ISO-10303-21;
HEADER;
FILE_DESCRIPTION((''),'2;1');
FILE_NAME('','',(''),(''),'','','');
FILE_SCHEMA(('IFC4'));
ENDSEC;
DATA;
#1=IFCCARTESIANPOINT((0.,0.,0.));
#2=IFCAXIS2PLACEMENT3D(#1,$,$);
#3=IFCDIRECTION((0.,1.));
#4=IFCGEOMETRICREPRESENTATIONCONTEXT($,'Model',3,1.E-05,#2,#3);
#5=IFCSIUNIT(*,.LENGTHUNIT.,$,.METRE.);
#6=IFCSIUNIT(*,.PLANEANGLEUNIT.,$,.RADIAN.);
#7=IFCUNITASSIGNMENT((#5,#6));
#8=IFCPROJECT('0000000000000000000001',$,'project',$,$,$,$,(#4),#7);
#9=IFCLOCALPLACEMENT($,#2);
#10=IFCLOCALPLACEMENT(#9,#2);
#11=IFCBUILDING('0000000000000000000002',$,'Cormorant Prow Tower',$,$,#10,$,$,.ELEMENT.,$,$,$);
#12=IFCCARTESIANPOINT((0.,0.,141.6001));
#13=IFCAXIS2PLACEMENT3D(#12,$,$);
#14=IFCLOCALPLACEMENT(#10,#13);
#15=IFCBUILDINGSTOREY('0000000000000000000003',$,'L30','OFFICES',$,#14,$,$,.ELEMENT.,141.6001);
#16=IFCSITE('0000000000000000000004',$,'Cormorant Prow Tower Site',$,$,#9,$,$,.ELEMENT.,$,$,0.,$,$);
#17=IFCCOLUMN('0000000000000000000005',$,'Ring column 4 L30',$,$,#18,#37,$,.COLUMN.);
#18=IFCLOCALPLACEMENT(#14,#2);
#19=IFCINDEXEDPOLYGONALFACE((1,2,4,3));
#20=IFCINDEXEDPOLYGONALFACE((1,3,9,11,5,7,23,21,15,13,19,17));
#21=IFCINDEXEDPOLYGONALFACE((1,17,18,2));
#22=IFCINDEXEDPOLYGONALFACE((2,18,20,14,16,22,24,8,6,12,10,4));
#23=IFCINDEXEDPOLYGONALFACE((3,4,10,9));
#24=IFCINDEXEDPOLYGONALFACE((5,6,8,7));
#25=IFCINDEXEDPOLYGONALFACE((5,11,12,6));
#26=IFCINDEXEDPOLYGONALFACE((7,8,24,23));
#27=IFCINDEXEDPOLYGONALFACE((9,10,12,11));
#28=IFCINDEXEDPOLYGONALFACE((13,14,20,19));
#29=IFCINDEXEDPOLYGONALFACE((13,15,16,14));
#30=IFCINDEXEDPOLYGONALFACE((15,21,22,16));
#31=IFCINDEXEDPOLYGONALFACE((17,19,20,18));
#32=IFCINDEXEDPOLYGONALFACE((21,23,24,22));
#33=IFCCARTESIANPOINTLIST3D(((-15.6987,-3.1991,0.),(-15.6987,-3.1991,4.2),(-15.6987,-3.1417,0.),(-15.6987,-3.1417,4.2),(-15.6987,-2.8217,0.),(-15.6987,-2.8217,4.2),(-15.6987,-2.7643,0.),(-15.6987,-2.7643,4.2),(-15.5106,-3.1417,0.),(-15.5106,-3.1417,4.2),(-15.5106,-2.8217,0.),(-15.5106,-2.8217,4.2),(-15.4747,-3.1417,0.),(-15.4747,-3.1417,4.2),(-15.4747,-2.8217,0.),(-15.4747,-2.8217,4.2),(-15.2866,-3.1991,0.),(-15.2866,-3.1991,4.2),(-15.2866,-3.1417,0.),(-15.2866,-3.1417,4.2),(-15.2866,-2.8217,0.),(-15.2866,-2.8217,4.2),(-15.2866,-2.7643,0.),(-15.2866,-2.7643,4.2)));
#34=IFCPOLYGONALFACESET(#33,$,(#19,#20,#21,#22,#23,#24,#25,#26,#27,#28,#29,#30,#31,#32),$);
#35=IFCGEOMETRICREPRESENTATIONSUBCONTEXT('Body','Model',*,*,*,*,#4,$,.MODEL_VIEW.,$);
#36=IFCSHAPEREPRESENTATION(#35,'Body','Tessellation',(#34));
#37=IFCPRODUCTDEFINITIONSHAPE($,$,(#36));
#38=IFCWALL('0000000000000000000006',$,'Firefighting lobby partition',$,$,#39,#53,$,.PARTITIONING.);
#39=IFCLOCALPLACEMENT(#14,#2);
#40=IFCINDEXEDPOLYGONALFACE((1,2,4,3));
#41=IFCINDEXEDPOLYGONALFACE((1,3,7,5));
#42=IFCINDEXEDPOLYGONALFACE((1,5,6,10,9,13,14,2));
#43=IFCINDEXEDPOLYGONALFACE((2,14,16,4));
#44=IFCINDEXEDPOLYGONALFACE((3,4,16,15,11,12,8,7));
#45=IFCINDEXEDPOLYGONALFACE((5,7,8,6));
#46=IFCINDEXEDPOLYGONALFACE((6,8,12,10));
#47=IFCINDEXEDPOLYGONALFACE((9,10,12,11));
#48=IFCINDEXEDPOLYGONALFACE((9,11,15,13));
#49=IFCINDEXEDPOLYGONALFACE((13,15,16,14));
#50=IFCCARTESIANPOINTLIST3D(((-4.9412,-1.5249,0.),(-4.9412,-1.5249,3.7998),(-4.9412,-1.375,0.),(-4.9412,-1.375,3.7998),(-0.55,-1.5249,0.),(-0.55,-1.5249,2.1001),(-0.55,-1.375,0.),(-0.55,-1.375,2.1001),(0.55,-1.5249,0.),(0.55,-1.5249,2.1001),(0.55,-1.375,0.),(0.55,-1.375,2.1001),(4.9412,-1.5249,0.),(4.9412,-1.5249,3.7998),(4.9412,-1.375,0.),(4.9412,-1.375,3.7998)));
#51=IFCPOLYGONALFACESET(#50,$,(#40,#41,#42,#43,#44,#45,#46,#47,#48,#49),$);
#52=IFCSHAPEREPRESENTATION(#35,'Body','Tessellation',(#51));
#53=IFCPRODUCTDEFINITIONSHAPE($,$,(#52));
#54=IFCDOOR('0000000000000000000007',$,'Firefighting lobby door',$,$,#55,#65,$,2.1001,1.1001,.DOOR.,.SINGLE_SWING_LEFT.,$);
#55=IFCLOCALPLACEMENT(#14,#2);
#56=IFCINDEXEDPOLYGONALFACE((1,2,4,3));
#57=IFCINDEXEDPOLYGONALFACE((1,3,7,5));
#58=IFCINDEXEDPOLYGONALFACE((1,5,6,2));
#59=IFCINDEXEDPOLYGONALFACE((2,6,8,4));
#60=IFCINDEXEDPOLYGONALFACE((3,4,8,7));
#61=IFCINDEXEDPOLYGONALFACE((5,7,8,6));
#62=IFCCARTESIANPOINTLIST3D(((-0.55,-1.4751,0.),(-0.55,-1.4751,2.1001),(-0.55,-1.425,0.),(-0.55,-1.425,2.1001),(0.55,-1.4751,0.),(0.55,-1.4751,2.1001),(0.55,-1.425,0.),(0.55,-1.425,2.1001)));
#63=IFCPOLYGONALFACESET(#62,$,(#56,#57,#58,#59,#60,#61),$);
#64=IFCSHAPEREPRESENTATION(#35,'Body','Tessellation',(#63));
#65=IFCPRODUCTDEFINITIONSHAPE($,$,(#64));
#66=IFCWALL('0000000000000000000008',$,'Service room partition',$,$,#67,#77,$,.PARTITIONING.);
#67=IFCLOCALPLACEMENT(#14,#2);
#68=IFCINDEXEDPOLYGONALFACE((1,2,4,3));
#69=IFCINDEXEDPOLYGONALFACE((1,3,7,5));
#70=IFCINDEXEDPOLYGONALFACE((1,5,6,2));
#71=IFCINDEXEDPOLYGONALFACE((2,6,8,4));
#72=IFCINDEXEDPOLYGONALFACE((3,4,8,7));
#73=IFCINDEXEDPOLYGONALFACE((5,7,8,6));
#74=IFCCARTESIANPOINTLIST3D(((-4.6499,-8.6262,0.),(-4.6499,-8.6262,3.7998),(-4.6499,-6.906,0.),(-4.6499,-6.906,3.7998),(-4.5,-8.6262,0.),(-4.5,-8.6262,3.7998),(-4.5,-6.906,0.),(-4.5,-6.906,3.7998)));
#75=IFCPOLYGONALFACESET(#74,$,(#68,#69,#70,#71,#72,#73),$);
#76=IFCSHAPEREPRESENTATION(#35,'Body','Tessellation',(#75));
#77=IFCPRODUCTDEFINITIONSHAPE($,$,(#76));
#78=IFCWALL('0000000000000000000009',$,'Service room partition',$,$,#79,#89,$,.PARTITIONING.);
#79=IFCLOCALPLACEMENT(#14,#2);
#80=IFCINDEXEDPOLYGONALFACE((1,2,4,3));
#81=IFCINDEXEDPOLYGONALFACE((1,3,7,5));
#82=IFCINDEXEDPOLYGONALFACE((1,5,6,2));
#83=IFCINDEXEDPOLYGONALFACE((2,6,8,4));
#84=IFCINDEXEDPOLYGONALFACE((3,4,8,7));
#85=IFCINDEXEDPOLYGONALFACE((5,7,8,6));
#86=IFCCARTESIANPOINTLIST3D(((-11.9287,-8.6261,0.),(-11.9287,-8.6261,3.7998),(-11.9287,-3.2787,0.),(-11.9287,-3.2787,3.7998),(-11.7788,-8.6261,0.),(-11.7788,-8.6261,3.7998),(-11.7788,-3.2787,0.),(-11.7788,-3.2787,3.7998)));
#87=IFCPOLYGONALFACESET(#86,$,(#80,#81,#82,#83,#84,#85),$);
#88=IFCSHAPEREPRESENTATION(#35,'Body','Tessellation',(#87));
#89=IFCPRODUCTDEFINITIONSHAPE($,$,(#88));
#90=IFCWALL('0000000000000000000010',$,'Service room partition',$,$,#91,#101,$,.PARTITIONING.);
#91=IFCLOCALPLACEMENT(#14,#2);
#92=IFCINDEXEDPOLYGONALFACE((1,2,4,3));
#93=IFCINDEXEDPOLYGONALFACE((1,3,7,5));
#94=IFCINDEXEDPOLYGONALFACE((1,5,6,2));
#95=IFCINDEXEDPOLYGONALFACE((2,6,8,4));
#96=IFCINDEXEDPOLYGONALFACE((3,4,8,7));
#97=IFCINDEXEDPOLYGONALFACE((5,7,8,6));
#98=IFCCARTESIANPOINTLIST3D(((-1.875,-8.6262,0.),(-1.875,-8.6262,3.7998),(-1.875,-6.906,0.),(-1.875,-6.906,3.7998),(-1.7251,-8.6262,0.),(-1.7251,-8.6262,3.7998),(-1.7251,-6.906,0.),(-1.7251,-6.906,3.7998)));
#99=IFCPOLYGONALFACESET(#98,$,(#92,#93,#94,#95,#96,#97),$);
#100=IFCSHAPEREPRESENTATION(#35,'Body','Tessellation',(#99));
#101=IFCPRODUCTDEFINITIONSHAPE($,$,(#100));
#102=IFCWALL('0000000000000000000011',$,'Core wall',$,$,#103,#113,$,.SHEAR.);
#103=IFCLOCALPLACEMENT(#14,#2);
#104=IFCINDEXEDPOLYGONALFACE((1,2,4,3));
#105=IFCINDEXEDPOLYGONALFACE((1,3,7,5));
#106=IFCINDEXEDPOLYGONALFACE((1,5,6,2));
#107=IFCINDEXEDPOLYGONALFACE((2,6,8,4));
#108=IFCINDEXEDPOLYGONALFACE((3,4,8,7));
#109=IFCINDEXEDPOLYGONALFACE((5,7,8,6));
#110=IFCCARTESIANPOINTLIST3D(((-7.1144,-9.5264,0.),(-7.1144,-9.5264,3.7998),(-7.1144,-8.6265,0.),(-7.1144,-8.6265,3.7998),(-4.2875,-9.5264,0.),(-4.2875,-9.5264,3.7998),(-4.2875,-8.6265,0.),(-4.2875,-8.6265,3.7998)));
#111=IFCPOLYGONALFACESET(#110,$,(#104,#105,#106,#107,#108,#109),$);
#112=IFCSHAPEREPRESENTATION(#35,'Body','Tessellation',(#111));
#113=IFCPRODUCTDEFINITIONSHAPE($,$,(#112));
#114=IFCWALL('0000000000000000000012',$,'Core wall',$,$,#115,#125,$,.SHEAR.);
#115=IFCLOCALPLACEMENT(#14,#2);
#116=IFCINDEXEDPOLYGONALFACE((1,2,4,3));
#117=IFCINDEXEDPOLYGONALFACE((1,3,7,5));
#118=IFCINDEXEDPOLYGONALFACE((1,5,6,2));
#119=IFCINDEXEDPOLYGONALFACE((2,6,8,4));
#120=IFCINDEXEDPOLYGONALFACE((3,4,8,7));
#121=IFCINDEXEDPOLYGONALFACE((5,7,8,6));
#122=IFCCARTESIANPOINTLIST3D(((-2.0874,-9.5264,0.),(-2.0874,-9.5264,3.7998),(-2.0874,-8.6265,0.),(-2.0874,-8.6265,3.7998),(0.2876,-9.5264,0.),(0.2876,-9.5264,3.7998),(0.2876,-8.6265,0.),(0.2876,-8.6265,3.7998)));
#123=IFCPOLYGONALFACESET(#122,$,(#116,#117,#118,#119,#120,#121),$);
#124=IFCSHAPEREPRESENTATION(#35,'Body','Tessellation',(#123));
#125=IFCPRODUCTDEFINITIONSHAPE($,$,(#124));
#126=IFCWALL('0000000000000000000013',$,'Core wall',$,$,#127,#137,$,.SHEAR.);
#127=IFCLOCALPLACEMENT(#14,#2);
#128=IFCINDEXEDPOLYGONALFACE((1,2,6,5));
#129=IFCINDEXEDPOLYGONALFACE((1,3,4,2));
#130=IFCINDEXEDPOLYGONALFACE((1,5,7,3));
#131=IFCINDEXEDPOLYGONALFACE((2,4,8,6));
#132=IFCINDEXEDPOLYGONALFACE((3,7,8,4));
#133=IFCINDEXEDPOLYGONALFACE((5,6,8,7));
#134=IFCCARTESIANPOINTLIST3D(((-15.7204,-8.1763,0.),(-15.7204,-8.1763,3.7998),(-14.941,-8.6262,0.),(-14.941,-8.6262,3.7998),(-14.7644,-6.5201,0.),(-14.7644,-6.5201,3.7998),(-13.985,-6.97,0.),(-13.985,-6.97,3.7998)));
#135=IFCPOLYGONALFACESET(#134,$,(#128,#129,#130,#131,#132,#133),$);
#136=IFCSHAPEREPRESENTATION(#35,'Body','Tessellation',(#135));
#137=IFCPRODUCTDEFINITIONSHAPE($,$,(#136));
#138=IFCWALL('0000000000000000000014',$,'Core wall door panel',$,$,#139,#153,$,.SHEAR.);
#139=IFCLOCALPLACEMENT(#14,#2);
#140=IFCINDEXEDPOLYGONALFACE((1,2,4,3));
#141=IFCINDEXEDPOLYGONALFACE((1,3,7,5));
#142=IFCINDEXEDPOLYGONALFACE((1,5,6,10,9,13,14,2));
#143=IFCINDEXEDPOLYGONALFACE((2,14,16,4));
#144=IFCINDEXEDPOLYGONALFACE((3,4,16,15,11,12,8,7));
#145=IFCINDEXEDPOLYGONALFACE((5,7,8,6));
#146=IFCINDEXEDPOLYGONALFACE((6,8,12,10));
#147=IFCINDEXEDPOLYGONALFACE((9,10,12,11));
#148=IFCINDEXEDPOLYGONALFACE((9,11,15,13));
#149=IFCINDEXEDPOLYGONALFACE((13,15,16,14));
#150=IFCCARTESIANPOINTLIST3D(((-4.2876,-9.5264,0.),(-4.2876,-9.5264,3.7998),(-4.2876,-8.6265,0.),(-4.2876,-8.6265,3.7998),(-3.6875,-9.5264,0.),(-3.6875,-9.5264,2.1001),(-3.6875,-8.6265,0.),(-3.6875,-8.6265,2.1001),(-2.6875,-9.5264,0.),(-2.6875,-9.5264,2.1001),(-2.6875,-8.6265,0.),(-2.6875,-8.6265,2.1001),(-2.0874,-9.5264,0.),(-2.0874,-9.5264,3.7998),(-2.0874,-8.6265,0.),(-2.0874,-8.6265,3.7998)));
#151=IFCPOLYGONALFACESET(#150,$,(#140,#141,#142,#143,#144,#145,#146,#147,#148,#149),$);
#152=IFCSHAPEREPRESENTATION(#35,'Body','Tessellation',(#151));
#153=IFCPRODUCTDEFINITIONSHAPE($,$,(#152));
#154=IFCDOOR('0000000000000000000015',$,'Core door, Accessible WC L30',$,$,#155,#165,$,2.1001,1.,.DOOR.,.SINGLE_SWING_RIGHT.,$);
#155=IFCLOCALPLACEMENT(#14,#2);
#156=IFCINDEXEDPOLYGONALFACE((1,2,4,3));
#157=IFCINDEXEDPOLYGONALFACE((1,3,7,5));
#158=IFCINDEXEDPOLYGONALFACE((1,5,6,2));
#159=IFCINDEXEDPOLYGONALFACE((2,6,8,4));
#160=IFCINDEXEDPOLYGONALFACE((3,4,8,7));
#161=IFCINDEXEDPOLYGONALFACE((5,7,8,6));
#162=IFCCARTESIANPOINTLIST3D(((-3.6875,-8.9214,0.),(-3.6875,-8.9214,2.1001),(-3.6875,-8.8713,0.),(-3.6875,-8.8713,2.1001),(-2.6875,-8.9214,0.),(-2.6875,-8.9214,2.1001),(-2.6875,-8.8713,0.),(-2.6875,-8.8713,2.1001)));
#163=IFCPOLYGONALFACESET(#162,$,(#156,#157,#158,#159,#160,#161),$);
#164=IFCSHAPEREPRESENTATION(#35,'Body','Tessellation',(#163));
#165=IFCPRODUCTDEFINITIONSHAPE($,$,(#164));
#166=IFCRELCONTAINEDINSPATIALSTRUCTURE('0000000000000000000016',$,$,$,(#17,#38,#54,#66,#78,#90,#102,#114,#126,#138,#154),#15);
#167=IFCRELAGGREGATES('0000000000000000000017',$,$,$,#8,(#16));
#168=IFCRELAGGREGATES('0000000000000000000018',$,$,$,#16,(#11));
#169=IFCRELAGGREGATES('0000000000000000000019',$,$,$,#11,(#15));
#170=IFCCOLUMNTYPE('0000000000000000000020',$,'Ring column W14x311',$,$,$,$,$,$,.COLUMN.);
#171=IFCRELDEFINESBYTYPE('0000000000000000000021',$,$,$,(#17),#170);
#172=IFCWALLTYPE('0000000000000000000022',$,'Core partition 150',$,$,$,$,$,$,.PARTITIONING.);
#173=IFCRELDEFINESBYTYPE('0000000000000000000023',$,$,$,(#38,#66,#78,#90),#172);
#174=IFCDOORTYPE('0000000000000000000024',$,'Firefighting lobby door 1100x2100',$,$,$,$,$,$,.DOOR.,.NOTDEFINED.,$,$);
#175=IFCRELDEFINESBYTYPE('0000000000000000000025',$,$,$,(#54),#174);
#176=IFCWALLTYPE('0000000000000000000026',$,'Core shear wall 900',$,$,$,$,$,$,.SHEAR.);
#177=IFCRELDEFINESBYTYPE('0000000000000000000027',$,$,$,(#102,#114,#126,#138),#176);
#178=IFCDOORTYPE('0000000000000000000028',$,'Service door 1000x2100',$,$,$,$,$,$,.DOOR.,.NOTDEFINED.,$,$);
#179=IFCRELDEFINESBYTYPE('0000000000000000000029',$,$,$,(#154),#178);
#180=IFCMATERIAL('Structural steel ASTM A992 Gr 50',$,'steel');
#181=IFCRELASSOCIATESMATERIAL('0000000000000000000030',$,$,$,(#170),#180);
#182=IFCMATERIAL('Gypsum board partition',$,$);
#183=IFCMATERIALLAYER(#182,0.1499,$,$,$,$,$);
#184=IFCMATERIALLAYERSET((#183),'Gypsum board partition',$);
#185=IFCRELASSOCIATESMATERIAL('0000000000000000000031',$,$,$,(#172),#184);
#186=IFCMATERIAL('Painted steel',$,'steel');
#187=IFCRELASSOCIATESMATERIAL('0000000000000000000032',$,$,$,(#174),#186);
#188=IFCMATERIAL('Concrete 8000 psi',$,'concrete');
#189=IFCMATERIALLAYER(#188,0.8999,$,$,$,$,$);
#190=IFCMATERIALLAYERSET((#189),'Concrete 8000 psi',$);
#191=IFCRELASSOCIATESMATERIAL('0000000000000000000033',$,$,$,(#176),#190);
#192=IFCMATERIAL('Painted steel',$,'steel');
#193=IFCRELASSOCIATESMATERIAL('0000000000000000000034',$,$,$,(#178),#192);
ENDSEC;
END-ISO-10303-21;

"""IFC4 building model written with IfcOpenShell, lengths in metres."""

from ifc_helpers import new_model, si_unit, direction, frame, frame_2d, origin, origin_2d, place, context, subcontext, project, spatial, rectangle, i_section, extrude, material, layer, layer_set, material_profile, profile_set, type_object, element, fill, save


model = new_model("IFC4")

# Units and contexts
model_context = context("Model", 3, precision=1e-05, world=origin(), true_north=direction((0.0, 1.0)))
body_context = subcontext(model_context, "Body", "Model", "MODEL_VIEW")
ifc_project = project(units=[si_unit("LENGTHUNIT", "METRE"), si_unit("PLANEANGLEUNIT", "RADIAN")], contexts=[model_context])

# Site, building, storey
site_placement = place(None, origin())
site = spatial("IfcSite", under=ifc_project, at=site_placement, Name="Cormorant Prow Tower Site", CompositionType="ELEMENT", RefElevation=0.0)
building_placement = place(site_placement, origin())
building = spatial("IfcBuilding", under=site, at=building_placement, Name="Cormorant Prow Tower", CompositionType="ELEMENT")
storey_placement = place(building_placement, frame((0.0, 0.0, 141.6001)))
storey = spatial("IfcBuildingStorey", under=building, at=storey_placement, Name="L30", Description="OFFICES", CompositionType="ELEMENT", Elevation=141.6001)

# Column
ifc_material_1 = material(Name="Structural steel ASTM A992 Gr 50", Category="steel")
ifc_material_profile = material_profile(ifc_material_1, i_section(OverallWidth=0.4121, OverallDepth=0.4348, WebThickness=0.0359, FlangeThickness=0.0574, at=origin_2d()), Name="W14x311")
ifc_profile_set = profile_set([ifc_material_profile], Name="Structural steel ASTM A992 Gr 50")
column_type = type_object("IfcColumnType", Name="Ring column W14x311", PredefinedType="COLUMN", material=ifc_profile_set)
column_placement = place(storey_placement, frame((-15.4927, -2.9817, 0.0), z_axis=(0.0, 0.0, 1.0), x_axis=(1.0, 0.0, 0.0)))
element("IfcColumn", 1, at=column_placement, inside=storey, type_object=column_type, Name="Ring column 4 L30", PredefinedType="COLUMN", context=body_context, shape_type="SweptSolid", body=[
    extrude(i_section(OverallWidth=0.4121, OverallDepth=0.4348, WebThickness=0.0359, FlangeThickness=0.0574, at=origin_2d()), origin(), (0.0, 0.0, 1.0), 4.2),
])

# Wall, opening, door
ifc_material_2 = material(Name="Gypsum board partition")
ifc_layer_1 = layer(ifc_material_2, 0.1499)
ifc_layer_set_1 = layer_set([ifc_layer_1], Name="Gypsum board partition")
wall_type_1 = type_object("IfcWallType", Name="Core partition 150", PredefinedType="PARTITIONING", material=ifc_layer_set_1)
wall_1_placement = place(storey_placement, frame((-4.9412, -1.45, 0.0), z_axis=(0.0, 0.0, 1.0), x_axis=(1.0, 0.0, 0.0)))
wall_1 = element("IfcWall", 2, at=wall_1_placement, inside=storey, type_object=wall_type_1, Name="Firefighting lobby partition", PredefinedType="PARTITIONING", context=body_context, shape_type="SweptSolid", body=[
    extrude(rectangle(XDim=9.8823, YDim=0.1499, at=frame_2d((4.9412, 0.0))), origin(), (0.0, 0.0, 1.0), 3.7998),
])
opening_1_placement = place(wall_1_placement, frame((4.3911, 0.0, 0.0)))
opening_1 = element("IfcOpeningElement", 3, at=opening_1_placement, cuts=wall_1, PredefinedType="OPENING", context=body_context, shape_type="SweptSolid", body=[
    extrude(rectangle(XDim=1.1001, YDim=2.1001, at=frame_2d((0.55, 1.05))), frame((0.0, 0.085, 0.0), z_axis=(0.0, -1.0, 0.0), x_axis=(1.0, 0.0, 0.0)), (0.0, 0.0, 1.0), 0.1699),
])
ifc_material_3 = material(Name="Painted steel", Category="steel")
door_type_1 = type_object("IfcDoorType", Name="Firefighting lobby door 1100x2100", OperationType="NOTDEFINED", PredefinedType="DOOR", material=ifc_material_3)
door_1_placement = place(opening_1_placement, origin())
door_1 = element("IfcDoor", 4, at=door_1_placement, inside=storey, type_object=door_type_1, Name="Firefighting lobby door", OperationType="SINGLE_SWING_LEFT", OverallHeight=2.1001, OverallWidth=1.1001, PredefinedType="DOOR", context=body_context, shape_type="SweptSolid", body=[
    extrude(rectangle(XDim=1.1001, YDim=2.1001, at=frame_2d((0.55, 1.05))), frame((0.0, 0.0249, 0.0), z_axis=(0.0, -1.0, 0.0), x_axis=(1.0, 0.0, 0.0)), (0.0, 0.0, 1.0), 0.05),
])
fill(opening_1, door_1)

# Walls
wall_2_placement = place(storey_placement, frame((-4.575, -6.906, 0.0), z_axis=(0.0, 0.0, 1.0), x_axis=(0.0, -1.0, 0.0)))
element("IfcWall", 5, at=wall_2_placement, inside=storey, type_object=wall_type_1, Name="Service room partition", PredefinedType="PARTITIONING", context=body_context, shape_type="SweptSolid", body=[
    extrude(rectangle(XDim=1.7202, YDim=0.1499, at=frame_2d((0.8601, 0.0))), origin(), (0.0, 0.0, 1.0), 3.7998),
])
wall_3_placement = place(storey_placement, frame((-11.8538, -8.6262, 0.0), z_axis=(0.0, 0.0, 1.0), x_axis=(0.0, 1.0, 0.0)))
element("IfcWall", 6, at=wall_3_placement, inside=storey, type_object=wall_type_1, Name="Service room partition", PredefinedType="PARTITIONING", context=body_context, shape_type="SweptSolid", body=[
    extrude(rectangle(XDim=5.3474, YDim=0.1499, at=frame_2d((2.6738, 0.0))), origin(), (0.0, 0.0, 1.0), 3.7998),
])
wall_4_placement = place(storey_placement, frame((-1.8, -8.6262, 0.0), z_axis=(0.0, 0.0, 1.0), x_axis=(0.0, 1.0, 0.0)))
element("IfcWall", 7, at=wall_4_placement, inside=storey, type_object=wall_type_1, Name="Service room partition", PredefinedType="PARTITIONING", context=body_context, shape_type="SweptSolid", body=[
    extrude(rectangle(XDim=1.7202, YDim=0.1499, at=frame_2d((0.8601, 0.0))), origin(), (0.0, 0.0, 1.0), 3.7998),
])
ifc_material_4 = material(Name="Concrete 8000 psi", Category="concrete")
ifc_layer_2 = layer(ifc_material_4, 0.8999)
ifc_layer_set_2 = layer_set([ifc_layer_2], Name="Concrete 8000 psi")
wall_type_2 = type_object("IfcWallType", Name="Core shear wall 900", PredefinedType="SHEAR", material=ifc_layer_set_2)
wall_5_placement = place(storey_placement, frame((-7.1145, -9.0764, 0.0), z_axis=(0.0, 0.0, 1.0), x_axis=(1.0, 0.0, 0.0)))
element("IfcWall", 8, at=wall_5_placement, inside=storey, type_object=wall_type_2, Name="Core wall", PredefinedType="SHEAR", context=body_context, shape_type="SweptSolid", body=[
    extrude(rectangle(XDim=2.8269, YDim=0.8999, at=frame_2d((1.4136, 0.0))), origin(), (0.0, 0.0, 1.0), 3.7998),
])
wall_6_placement = place(storey_placement, frame((-2.0874, -9.0764, 0.0), z_axis=(0.0, 0.0, 1.0), x_axis=(1.0, 0.0, 0.0)))
element("IfcWall", 9, at=wall_6_placement, inside=storey, type_object=wall_type_2, Name="Core wall", PredefinedType="SHEAR", context=body_context, shape_type="SweptSolid", body=[
    extrude(rectangle(XDim=2.375, YDim=0.8999, at=frame_2d((1.1875, 0.0))), origin(), (0.0, 0.0, 1.0), 3.7998),
])
wall_7_placement = place(storey_placement, frame((-14.3748, -6.7451, 0.0), z_axis=(0.0, 0.0, 1.0), x_axis=(-0.499929, -0.866067, 0.0)))
element("IfcWall", 10, at=wall_7_placement, inside=storey, type_object=wall_type_2, Name="Core wall", PredefinedType="SHEAR", context=body_context, shape_type="SweptSolid", body=[
    extrude(rectangle(XDim=1.9124, YDim=0.8999, at=frame_2d((0.9561, 0.0))), origin(), (0.0, 0.0, 1.0), 3.7998),
])

# Wall, opening, door
wall_8_placement = place(storey_placement, frame((-4.2876, -9.0764, 0.0), z_axis=(0.0, 0.0, 1.0), x_axis=(1.0, 0.0, 0.0)))
wall_8 = element("IfcWall", 11, at=wall_8_placement, inside=storey, type_object=wall_type_2, Name="Core wall door panel", PredefinedType="SHEAR", context=body_context, shape_type="SweptSolid", body=[
    extrude(rectangle(XDim=2.2002, YDim=0.8999, at=frame_2d((1.1001, 0.0))), origin(), (0.0, 0.0, 1.0), 3.7998),
])
opening_2_placement = place(wall_8_placement, frame((0.6001, 0.0, 0.0)))
opening_2 = element("IfcOpeningElement", 12, at=opening_2_placement, cuts=wall_8, PredefinedType="OPENING", context=body_context, shape_type="SweptSolid", body=[
    extrude(rectangle(XDim=1.0, YDim=2.1001, at=frame_2d((0.5, 1.05))), frame((0.0, 0.46, 0.0), z_axis=(0.0, -1.0, 0.0), x_axis=(1.0, 0.0, 0.0)), (0.0, 0.0, 1.0), 0.9199),
])
ifc_material_5 = material(Name="Painted steel", Category="steel")
door_type_2 = type_object("IfcDoorType", Name="Service door 1000x2100", OperationType="NOTDEFINED", PredefinedType="DOOR", material=ifc_material_5)
door_2_placement = place(opening_2_placement, origin())
door_2 = element("IfcDoor", 13, at=door_2_placement, inside=storey, type_object=door_type_2, Name="Core door, Accessible WC L30", OperationType="SINGLE_SWING_RIGHT", OverallHeight=2.1001, OverallWidth=1.0, PredefinedType="DOOR", context=body_context, shape_type="SweptSolid", body=[
    extrude(rectangle(XDim=1.0, YDim=2.1001, at=frame_2d((0.5, 1.05))), frame((0.0, 0.2051, 0.0), z_axis=(0.0, -1.0, 0.0), x_axis=(1.0, 0.0, 0.0)), (0.0, 0.0, 1.0), 0.05),
])
fill(opening_2, door_2)

save(model, "model.ifc")
